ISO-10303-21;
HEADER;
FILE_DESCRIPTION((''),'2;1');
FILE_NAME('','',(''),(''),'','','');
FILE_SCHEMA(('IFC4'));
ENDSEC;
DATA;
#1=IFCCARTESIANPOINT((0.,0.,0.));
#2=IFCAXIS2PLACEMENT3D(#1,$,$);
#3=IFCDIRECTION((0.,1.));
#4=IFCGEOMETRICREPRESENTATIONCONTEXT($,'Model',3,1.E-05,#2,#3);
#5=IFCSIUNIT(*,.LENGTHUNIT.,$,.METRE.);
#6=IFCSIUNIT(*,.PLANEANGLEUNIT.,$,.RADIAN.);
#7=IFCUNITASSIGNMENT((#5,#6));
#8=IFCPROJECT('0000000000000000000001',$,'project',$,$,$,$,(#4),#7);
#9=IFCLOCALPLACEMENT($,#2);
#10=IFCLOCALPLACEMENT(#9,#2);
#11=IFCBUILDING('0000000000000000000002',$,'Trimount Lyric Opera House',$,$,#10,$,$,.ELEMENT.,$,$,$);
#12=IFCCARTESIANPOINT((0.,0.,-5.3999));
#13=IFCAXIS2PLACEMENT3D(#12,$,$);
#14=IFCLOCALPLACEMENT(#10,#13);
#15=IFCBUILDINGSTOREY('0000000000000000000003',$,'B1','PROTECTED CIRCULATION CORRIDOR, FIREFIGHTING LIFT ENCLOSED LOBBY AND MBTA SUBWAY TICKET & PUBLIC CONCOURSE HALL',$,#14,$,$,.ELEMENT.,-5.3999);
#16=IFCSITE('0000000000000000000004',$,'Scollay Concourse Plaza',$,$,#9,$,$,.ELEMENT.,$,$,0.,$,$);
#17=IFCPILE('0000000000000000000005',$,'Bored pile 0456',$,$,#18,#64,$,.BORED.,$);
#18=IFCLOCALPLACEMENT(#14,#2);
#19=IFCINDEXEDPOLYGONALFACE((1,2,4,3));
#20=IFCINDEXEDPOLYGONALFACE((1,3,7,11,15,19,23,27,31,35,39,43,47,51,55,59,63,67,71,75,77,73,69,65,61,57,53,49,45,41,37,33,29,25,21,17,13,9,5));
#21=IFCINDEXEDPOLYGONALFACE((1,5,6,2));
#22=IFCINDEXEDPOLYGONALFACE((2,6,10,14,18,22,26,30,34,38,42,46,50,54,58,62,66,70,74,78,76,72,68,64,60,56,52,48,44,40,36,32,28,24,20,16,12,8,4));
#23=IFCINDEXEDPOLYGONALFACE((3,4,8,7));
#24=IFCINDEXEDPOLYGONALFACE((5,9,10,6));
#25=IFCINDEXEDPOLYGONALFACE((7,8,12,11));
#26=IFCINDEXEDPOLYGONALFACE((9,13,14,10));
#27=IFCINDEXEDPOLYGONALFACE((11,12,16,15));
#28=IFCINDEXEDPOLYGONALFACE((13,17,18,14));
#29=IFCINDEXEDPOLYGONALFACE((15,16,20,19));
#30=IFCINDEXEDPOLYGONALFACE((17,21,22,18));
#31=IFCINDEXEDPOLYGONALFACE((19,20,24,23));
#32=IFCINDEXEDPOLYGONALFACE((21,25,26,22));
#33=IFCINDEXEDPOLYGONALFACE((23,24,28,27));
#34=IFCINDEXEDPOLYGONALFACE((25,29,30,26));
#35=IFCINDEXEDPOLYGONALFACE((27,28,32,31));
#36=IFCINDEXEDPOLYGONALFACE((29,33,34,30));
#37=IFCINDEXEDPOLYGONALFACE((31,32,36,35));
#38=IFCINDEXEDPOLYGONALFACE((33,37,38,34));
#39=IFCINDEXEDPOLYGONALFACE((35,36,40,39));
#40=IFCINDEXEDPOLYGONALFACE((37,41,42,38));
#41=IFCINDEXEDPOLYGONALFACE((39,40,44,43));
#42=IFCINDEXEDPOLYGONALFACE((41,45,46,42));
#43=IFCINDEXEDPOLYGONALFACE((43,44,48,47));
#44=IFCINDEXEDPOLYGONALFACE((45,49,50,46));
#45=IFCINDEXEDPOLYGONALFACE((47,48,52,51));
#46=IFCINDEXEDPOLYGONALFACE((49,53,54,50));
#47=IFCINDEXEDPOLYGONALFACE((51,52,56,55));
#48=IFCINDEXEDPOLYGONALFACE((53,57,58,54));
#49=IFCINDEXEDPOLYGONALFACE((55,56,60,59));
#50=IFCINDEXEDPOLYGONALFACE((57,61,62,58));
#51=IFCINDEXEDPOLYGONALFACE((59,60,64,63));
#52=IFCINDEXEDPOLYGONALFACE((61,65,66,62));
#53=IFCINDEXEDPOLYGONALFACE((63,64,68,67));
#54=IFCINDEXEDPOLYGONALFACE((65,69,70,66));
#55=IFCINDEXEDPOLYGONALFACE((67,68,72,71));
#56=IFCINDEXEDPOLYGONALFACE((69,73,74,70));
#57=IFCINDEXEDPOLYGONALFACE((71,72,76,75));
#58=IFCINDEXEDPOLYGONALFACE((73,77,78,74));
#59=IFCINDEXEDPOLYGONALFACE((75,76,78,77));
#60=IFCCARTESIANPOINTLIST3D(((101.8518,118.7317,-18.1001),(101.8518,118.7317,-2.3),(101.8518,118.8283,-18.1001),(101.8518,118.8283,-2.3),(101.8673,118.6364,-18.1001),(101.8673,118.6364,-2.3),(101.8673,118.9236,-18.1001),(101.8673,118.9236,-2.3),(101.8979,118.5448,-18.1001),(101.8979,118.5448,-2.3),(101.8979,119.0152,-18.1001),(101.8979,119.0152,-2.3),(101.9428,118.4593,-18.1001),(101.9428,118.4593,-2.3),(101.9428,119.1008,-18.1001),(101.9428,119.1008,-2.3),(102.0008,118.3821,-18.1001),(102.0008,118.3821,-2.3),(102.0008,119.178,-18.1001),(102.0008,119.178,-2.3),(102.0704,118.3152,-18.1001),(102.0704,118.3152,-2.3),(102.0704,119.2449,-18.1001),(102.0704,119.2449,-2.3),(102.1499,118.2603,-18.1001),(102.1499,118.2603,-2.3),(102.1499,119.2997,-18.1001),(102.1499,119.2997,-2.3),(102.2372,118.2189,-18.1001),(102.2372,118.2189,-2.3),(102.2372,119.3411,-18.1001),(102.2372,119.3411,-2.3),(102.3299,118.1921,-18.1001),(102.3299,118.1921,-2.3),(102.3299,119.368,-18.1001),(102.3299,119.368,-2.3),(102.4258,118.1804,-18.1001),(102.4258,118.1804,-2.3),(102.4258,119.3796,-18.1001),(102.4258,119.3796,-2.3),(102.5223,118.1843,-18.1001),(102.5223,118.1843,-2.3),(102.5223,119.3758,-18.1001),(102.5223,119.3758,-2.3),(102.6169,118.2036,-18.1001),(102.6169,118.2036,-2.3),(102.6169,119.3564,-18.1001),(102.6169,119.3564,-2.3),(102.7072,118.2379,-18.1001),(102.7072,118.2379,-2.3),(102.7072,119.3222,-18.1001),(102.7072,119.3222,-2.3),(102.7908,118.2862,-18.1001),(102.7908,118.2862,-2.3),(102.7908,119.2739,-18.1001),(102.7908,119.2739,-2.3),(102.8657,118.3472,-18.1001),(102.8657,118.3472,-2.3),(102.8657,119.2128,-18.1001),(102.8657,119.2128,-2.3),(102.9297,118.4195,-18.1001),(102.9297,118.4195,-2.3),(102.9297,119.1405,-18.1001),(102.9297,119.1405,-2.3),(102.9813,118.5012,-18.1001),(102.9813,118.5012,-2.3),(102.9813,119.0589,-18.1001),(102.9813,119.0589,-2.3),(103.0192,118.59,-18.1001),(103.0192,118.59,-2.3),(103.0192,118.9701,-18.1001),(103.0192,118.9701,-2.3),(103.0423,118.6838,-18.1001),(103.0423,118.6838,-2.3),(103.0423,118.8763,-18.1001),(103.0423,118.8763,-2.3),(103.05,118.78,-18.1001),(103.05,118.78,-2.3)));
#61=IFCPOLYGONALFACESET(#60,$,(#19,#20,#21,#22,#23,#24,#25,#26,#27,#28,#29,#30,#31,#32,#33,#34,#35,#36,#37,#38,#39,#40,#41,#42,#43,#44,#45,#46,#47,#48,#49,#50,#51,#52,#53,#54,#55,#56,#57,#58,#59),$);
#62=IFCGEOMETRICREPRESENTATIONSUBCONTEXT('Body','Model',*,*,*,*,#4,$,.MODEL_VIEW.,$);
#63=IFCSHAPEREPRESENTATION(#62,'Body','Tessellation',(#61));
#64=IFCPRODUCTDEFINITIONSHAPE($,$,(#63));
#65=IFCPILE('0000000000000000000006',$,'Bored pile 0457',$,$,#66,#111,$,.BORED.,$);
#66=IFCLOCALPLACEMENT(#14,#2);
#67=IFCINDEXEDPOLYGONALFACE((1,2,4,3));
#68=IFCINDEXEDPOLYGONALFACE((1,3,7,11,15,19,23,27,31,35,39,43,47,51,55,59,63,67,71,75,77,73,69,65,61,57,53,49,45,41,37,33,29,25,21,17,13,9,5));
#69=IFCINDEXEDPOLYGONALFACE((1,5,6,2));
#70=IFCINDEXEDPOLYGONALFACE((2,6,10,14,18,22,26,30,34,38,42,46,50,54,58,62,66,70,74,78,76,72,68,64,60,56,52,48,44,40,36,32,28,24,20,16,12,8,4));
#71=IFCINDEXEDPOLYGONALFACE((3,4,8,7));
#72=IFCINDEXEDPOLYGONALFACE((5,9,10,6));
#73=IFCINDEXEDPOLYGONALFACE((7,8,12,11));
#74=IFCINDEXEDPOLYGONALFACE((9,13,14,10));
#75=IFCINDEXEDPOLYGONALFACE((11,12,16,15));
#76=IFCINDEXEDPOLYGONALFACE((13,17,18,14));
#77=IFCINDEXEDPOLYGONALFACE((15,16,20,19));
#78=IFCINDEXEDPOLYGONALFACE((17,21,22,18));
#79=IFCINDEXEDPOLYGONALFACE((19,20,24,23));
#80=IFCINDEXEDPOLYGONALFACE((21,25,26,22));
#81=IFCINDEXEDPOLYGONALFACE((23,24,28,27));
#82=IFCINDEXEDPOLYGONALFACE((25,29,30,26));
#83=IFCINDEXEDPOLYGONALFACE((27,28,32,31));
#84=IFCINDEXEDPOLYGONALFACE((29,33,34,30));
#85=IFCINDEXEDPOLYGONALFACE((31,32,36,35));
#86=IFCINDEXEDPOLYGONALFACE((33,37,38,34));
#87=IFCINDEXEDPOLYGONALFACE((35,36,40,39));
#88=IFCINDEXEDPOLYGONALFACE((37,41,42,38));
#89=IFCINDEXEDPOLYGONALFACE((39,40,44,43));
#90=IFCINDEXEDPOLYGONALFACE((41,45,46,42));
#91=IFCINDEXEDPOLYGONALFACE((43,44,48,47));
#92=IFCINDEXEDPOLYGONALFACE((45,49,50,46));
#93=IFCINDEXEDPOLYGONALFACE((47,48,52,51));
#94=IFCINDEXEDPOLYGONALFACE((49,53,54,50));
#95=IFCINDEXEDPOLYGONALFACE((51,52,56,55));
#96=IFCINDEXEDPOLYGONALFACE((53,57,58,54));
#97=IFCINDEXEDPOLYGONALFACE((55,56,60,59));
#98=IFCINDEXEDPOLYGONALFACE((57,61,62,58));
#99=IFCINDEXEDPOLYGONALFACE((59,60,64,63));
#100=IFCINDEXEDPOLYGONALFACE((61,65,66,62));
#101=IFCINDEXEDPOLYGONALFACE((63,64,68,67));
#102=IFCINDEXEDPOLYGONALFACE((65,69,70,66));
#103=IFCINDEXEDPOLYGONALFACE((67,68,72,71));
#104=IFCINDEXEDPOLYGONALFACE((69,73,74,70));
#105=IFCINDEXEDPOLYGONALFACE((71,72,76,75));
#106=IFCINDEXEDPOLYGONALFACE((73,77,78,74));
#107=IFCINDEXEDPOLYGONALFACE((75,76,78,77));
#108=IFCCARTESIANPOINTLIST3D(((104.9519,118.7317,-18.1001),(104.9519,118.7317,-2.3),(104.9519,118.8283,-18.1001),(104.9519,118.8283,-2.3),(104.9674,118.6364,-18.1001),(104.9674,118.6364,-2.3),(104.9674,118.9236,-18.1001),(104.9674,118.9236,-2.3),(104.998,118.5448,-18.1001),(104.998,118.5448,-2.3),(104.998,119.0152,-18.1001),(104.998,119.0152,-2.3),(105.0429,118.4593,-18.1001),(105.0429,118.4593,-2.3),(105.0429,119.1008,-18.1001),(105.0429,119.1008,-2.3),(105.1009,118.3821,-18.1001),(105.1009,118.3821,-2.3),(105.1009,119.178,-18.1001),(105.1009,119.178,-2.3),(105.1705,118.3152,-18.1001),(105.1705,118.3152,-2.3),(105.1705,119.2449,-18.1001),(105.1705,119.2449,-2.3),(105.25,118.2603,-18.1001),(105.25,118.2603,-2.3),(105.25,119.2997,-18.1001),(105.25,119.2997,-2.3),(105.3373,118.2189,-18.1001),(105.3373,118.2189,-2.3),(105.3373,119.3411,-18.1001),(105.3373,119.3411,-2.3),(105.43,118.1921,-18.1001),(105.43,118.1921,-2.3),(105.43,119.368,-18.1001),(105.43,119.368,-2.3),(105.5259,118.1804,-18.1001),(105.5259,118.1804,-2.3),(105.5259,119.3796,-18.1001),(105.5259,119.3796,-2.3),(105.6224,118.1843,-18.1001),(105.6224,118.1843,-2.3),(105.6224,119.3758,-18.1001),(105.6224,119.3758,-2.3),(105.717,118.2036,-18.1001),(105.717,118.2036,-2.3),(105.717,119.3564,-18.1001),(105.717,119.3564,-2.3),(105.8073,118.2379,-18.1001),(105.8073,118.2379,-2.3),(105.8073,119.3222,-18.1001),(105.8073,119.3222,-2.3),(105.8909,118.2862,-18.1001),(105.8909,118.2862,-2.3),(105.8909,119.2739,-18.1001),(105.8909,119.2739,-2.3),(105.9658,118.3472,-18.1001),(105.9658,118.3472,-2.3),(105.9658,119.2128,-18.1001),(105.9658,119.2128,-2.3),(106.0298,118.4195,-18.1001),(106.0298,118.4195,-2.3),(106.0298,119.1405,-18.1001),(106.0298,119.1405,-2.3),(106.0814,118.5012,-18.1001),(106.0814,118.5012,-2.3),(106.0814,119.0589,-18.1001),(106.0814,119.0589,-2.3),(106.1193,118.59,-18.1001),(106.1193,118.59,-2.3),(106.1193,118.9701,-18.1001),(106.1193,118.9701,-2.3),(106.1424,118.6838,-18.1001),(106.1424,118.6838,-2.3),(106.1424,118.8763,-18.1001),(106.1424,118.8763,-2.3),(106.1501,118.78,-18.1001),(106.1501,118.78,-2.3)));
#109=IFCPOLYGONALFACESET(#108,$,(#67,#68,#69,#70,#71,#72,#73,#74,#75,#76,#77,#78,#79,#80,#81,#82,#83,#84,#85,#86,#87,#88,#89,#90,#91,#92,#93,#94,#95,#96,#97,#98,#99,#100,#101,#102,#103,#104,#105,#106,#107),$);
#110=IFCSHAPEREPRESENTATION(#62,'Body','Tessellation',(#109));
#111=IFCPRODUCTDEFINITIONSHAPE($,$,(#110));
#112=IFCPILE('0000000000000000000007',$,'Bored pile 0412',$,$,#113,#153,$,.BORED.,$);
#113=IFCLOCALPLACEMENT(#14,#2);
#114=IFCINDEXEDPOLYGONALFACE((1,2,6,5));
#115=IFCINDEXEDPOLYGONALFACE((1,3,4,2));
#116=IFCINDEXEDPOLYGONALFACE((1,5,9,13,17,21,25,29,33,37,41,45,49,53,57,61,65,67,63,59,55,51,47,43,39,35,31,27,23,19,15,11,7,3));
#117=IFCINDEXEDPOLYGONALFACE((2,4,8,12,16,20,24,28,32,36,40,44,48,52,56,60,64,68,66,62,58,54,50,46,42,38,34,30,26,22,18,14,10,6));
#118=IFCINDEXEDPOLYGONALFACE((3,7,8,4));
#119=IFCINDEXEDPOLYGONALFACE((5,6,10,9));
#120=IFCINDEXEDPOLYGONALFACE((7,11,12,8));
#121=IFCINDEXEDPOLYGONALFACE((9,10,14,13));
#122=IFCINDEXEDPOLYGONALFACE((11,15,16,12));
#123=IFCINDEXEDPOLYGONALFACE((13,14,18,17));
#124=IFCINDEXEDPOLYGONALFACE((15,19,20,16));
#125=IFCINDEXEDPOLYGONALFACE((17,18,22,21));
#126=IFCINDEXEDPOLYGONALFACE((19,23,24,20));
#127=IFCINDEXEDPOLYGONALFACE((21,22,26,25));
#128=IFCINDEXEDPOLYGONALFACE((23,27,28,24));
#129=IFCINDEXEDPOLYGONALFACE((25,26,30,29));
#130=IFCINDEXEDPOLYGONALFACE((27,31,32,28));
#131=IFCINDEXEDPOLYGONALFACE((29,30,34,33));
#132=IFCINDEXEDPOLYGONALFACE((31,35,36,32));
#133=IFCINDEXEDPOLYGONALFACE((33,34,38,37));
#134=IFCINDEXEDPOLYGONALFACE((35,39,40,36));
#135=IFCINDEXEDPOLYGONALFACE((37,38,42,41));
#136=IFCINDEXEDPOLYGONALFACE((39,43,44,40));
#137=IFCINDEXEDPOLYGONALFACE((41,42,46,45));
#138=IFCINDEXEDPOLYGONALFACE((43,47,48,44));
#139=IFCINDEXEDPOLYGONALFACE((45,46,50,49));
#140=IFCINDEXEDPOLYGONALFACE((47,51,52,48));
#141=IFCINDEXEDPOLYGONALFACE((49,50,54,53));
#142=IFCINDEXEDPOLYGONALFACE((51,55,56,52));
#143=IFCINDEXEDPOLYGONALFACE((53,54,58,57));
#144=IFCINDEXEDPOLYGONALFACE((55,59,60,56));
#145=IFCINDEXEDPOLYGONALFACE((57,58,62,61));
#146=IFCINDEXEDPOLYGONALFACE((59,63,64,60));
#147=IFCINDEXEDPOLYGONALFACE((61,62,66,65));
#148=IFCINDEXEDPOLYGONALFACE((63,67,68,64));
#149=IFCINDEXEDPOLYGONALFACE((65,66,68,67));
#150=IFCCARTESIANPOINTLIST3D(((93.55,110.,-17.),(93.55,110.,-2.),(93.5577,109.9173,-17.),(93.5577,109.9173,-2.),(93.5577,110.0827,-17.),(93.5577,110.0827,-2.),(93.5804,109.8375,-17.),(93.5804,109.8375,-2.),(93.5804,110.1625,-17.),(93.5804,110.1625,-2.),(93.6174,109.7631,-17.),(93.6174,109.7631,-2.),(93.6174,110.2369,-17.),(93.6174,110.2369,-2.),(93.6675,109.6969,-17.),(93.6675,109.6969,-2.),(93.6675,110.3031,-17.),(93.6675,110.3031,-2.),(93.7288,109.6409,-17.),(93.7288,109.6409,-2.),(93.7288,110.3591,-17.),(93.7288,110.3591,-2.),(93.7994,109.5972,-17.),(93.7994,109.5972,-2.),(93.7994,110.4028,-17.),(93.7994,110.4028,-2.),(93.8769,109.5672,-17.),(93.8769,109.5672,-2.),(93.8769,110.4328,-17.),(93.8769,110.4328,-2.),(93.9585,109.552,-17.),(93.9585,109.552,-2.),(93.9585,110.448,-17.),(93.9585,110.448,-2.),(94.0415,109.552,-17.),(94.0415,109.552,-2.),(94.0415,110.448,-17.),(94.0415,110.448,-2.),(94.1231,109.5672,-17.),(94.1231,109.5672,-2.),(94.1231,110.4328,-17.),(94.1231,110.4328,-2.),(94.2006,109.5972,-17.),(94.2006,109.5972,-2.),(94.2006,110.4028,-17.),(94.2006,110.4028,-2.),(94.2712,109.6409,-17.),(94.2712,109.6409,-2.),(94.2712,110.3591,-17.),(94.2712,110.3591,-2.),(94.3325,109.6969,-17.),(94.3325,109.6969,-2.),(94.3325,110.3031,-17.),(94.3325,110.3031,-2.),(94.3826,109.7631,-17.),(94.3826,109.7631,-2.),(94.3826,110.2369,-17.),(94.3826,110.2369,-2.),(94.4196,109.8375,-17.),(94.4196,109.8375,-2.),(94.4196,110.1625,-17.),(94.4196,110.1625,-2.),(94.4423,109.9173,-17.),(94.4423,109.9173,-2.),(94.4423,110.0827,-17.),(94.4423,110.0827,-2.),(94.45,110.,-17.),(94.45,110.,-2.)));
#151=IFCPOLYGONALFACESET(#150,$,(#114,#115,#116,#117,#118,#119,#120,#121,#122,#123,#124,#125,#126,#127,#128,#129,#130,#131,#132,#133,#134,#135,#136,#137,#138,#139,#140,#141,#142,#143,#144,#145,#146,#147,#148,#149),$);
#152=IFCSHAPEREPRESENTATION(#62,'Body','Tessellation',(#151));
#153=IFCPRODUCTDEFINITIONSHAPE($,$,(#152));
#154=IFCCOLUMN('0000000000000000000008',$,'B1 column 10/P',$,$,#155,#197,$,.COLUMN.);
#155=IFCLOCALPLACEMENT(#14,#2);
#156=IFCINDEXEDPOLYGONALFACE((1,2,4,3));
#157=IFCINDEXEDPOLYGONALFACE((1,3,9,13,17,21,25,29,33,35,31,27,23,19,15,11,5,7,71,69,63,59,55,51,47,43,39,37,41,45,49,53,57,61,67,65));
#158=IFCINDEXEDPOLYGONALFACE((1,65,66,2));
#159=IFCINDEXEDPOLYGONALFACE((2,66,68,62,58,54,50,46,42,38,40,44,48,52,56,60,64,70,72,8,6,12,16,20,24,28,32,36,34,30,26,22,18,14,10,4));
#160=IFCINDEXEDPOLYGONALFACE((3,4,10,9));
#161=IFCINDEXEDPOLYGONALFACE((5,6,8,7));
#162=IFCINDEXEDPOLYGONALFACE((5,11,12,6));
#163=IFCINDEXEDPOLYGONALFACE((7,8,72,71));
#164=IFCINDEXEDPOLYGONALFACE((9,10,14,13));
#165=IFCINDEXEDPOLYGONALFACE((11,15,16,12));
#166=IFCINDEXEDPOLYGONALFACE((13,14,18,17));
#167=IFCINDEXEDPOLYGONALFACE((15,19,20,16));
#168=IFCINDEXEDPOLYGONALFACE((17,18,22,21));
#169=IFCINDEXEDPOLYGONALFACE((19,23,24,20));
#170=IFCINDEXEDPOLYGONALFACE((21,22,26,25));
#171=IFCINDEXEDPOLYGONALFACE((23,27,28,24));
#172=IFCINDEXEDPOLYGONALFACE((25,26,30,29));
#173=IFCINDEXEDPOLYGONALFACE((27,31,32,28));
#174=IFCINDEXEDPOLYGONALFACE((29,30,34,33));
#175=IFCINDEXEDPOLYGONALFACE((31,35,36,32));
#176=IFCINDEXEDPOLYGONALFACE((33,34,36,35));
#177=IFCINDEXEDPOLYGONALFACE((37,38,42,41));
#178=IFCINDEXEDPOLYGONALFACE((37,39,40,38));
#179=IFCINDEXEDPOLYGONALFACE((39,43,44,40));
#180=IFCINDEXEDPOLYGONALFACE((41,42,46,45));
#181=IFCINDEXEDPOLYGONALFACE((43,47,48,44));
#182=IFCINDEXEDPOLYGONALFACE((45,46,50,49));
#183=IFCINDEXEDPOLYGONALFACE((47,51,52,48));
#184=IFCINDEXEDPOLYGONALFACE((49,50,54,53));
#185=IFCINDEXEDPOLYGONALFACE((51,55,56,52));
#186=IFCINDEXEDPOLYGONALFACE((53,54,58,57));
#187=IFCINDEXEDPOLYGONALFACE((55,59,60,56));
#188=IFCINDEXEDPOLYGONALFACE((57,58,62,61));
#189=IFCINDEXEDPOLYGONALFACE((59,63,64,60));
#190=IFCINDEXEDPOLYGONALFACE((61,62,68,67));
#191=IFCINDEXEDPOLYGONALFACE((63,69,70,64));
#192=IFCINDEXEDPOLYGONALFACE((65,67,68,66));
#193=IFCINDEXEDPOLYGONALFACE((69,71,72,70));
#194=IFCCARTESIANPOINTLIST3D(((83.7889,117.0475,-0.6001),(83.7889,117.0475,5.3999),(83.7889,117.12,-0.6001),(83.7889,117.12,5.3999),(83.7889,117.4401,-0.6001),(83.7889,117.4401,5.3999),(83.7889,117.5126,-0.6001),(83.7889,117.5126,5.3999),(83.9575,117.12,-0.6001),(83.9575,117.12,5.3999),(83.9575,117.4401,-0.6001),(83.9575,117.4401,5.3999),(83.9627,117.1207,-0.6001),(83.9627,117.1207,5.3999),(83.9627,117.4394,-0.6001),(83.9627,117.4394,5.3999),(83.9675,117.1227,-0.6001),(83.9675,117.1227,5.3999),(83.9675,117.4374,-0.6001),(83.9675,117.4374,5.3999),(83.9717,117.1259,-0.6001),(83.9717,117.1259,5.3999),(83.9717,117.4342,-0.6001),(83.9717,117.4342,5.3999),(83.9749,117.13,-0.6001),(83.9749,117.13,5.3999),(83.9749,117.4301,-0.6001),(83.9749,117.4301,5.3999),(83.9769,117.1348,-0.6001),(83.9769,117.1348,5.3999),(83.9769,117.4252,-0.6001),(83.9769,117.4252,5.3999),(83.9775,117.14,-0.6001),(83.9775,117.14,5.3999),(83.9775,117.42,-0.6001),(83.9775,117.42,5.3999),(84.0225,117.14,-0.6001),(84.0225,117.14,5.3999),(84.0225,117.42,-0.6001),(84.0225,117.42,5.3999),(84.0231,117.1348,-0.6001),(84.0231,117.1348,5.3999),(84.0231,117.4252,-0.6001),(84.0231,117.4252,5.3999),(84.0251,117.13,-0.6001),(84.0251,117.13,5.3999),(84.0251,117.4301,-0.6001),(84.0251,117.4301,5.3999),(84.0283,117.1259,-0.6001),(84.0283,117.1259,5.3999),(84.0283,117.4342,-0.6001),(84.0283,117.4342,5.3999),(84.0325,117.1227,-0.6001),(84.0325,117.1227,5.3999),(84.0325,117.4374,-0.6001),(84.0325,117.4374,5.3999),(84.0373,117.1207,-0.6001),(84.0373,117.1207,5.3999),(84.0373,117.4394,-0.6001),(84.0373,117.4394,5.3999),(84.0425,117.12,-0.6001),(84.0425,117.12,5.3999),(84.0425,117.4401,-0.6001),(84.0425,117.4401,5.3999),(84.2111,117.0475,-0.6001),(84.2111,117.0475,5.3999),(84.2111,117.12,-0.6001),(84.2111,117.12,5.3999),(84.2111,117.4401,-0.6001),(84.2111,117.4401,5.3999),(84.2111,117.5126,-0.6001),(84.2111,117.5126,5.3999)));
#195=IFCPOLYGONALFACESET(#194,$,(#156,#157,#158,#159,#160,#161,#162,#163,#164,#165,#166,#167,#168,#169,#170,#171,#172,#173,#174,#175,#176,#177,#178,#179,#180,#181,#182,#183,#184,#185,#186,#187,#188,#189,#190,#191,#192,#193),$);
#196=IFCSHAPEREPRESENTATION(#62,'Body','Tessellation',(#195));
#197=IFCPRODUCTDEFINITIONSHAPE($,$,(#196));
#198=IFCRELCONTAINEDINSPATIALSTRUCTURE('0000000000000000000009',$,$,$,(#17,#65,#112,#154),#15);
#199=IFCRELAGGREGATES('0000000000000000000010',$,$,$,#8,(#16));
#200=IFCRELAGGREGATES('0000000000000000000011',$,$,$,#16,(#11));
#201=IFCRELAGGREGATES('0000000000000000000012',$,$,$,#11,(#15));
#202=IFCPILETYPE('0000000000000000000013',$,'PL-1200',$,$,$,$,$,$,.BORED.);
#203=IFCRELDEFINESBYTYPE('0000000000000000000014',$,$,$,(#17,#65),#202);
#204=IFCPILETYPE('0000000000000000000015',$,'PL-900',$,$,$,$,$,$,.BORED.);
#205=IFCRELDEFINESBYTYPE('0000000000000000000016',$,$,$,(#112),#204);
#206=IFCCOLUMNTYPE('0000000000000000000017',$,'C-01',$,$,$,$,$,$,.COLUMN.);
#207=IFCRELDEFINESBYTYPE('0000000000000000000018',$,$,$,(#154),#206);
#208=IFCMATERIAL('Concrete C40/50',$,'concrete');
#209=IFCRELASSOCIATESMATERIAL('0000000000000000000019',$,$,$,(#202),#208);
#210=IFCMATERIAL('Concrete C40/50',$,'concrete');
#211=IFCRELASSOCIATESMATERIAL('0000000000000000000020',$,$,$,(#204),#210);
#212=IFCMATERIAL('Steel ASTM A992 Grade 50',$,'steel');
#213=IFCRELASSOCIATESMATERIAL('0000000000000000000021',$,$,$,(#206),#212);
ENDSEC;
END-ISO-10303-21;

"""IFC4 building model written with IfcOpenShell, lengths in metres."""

from ifc_helpers import new_model, si_unit, direction, frame, origin, origin_2d, place, context, subcontext, project, spatial, circle, i_section, extrude, material, material_profile, profile_set, type_object, element, save


model = new_model("IFC4")

# Units and contexts
model_context = context("Model", 3, precision=1e-05, world=origin(), true_north=direction((0.0, 1.0)))
body_context = subcontext(model_context, "Body", "Model", "MODEL_VIEW")
ifc_project = project(units=[si_unit("LENGTHUNIT", "METRE"), si_unit("PLANEANGLEUNIT", "RADIAN")], contexts=[model_context])

# Site, building, storey
site_placement = place(None, origin())
site = spatial("IfcSite", under=ifc_project, at=site_placement, Name="Scollay Concourse Plaza", CompositionType="ELEMENT", RefElevation=0.0)
building_placement = place(site_placement, origin())
building = spatial("IfcBuilding", under=site, at=building_placement, Name="Trimount Lyric Opera House", CompositionType="ELEMENT")
storey_placement = place(building_placement, frame((0.0, 0.0, -5.3999)))
storey = spatial("IfcBuildingStorey", under=building, at=storey_placement, Name="B1", Description="PROTECTED CIRCULATION CORRIDOR, FIREFIGHTING LIFT ENCLOSED LOBBY AND MBTA SUBWAY TICKET & PUBLIC CONCOURSE HALL", CompositionType="ELEMENT", Elevation=-5.3999)

# Piles
ifc_material_1 = material(Name="Concrete C40/50", Category="concrete")
ifc_material_profile_1 = material_profile(ifc_material_1, circle(Radius=0.6001, at=origin_2d()), Name="PILE-D1200")
ifc_profile_set_1 = profile_set([ifc_material_profile_1], Name="Concrete C40/50")
pile_type_1 = type_object("IfcPileType", Name="PL-1200", PredefinedType="BORED", material=ifc_profile_set_1)
for number, where, z_axis, x_axis, name in (
    (1, (102.45, 118.78, -2.3), (0.0, 0.0, -1.0), (1.0, 0.0, 0.0), "Bored pile 0456"),
    (2, (105.55, 118.78, -2.3), (0.0, 0.0, -1.0), (1.0, 0.0, 0.0), "Bored pile 0457"),
):
    element("IfcPile", number, at=place(storey_placement, frame(where, z_axis=z_axis, x_axis=x_axis)), inside=storey, type_object=pile_type_1, Name=name, PredefinedType="BORED", context=body_context, shape_type="SweptSolid", body=[
        extrude(circle(Radius=0.6001, at=origin_2d()), origin(), (0.0, 0.0, 1.0), 15.8),
    ])
ifc_material_2 = material(Name="Concrete C40/50", Category="concrete")
ifc_material_profile_2 = material_profile(ifc_material_2, circle(Radius=0.45, at=origin_2d()), Name="PILE-D900")
ifc_profile_set_2 = profile_set([ifc_material_profile_2], Name="Concrete C40/50")
pile_type_2 = type_object("IfcPileType", Name="PL-900", PredefinedType="BORED", material=ifc_profile_set_2)
pile_1_placement = place(storey_placement, frame((94.0, 110.0, -2.0), z_axis=(0.0, 0.0, -1.0), x_axis=(1.0, 0.0, 0.0)))
element("IfcPile", 3, at=pile_1_placement, inside=storey, type_object=pile_type_2, Name="Bored pile 0412", PredefinedType="BORED", context=body_context, shape_type="SweptSolid", body=[
    extrude(circle(Radius=0.45, at=origin_2d()), origin(), (0.0, 0.0, 1.0), 15.0),
])

# Column
ifc_material_3 = material(Name="Steel ASTM A992 Grade 50", Category="steel")
ifc_material_profile_3 = material_profile(ifc_material_3, i_section(OverallWidth=0.4221, OverallDepth=0.4651, WebThickness=0.0449, FlangeThickness=0.0725, FilletRadius=0.02, at=origin_2d()), Name="W14X398")
ifc_profile_set_3 = profile_set([ifc_material_profile_3], Name="Steel ASTM A992 Grade 50")
column_type_1 = type_object("IfcColumnType", Name="C-01", PredefinedType="COLUMN", material=ifc_profile_set_3)
for number, where, z_axis, x_axis, name in (
    (4, (84.0, 117.28, -0.6001), (0.0, 0.0, 1.0), (1.0, 0.0, 0.0), "B1 column 10/P"),
):
    element("IfcColumn", number, at=place(storey_placement, frame(where, z_axis=z_axis, x_axis=x_axis)), inside=storey, type_object=column_type_1, Name=name, PredefinedType="COLUMN", context=body_context, shape_type="SweptSolid", body=[
        extrude(i_section(OverallWidth=0.4221, OverallDepth=0.4651, WebThickness=0.0449, FlangeThickness=0.0725, FilletRadius=0.02, at=origin_2d()), origin(), (0.0, 0.0, 1.0), 6.0),
    ])

save(model, "model.ifc")
